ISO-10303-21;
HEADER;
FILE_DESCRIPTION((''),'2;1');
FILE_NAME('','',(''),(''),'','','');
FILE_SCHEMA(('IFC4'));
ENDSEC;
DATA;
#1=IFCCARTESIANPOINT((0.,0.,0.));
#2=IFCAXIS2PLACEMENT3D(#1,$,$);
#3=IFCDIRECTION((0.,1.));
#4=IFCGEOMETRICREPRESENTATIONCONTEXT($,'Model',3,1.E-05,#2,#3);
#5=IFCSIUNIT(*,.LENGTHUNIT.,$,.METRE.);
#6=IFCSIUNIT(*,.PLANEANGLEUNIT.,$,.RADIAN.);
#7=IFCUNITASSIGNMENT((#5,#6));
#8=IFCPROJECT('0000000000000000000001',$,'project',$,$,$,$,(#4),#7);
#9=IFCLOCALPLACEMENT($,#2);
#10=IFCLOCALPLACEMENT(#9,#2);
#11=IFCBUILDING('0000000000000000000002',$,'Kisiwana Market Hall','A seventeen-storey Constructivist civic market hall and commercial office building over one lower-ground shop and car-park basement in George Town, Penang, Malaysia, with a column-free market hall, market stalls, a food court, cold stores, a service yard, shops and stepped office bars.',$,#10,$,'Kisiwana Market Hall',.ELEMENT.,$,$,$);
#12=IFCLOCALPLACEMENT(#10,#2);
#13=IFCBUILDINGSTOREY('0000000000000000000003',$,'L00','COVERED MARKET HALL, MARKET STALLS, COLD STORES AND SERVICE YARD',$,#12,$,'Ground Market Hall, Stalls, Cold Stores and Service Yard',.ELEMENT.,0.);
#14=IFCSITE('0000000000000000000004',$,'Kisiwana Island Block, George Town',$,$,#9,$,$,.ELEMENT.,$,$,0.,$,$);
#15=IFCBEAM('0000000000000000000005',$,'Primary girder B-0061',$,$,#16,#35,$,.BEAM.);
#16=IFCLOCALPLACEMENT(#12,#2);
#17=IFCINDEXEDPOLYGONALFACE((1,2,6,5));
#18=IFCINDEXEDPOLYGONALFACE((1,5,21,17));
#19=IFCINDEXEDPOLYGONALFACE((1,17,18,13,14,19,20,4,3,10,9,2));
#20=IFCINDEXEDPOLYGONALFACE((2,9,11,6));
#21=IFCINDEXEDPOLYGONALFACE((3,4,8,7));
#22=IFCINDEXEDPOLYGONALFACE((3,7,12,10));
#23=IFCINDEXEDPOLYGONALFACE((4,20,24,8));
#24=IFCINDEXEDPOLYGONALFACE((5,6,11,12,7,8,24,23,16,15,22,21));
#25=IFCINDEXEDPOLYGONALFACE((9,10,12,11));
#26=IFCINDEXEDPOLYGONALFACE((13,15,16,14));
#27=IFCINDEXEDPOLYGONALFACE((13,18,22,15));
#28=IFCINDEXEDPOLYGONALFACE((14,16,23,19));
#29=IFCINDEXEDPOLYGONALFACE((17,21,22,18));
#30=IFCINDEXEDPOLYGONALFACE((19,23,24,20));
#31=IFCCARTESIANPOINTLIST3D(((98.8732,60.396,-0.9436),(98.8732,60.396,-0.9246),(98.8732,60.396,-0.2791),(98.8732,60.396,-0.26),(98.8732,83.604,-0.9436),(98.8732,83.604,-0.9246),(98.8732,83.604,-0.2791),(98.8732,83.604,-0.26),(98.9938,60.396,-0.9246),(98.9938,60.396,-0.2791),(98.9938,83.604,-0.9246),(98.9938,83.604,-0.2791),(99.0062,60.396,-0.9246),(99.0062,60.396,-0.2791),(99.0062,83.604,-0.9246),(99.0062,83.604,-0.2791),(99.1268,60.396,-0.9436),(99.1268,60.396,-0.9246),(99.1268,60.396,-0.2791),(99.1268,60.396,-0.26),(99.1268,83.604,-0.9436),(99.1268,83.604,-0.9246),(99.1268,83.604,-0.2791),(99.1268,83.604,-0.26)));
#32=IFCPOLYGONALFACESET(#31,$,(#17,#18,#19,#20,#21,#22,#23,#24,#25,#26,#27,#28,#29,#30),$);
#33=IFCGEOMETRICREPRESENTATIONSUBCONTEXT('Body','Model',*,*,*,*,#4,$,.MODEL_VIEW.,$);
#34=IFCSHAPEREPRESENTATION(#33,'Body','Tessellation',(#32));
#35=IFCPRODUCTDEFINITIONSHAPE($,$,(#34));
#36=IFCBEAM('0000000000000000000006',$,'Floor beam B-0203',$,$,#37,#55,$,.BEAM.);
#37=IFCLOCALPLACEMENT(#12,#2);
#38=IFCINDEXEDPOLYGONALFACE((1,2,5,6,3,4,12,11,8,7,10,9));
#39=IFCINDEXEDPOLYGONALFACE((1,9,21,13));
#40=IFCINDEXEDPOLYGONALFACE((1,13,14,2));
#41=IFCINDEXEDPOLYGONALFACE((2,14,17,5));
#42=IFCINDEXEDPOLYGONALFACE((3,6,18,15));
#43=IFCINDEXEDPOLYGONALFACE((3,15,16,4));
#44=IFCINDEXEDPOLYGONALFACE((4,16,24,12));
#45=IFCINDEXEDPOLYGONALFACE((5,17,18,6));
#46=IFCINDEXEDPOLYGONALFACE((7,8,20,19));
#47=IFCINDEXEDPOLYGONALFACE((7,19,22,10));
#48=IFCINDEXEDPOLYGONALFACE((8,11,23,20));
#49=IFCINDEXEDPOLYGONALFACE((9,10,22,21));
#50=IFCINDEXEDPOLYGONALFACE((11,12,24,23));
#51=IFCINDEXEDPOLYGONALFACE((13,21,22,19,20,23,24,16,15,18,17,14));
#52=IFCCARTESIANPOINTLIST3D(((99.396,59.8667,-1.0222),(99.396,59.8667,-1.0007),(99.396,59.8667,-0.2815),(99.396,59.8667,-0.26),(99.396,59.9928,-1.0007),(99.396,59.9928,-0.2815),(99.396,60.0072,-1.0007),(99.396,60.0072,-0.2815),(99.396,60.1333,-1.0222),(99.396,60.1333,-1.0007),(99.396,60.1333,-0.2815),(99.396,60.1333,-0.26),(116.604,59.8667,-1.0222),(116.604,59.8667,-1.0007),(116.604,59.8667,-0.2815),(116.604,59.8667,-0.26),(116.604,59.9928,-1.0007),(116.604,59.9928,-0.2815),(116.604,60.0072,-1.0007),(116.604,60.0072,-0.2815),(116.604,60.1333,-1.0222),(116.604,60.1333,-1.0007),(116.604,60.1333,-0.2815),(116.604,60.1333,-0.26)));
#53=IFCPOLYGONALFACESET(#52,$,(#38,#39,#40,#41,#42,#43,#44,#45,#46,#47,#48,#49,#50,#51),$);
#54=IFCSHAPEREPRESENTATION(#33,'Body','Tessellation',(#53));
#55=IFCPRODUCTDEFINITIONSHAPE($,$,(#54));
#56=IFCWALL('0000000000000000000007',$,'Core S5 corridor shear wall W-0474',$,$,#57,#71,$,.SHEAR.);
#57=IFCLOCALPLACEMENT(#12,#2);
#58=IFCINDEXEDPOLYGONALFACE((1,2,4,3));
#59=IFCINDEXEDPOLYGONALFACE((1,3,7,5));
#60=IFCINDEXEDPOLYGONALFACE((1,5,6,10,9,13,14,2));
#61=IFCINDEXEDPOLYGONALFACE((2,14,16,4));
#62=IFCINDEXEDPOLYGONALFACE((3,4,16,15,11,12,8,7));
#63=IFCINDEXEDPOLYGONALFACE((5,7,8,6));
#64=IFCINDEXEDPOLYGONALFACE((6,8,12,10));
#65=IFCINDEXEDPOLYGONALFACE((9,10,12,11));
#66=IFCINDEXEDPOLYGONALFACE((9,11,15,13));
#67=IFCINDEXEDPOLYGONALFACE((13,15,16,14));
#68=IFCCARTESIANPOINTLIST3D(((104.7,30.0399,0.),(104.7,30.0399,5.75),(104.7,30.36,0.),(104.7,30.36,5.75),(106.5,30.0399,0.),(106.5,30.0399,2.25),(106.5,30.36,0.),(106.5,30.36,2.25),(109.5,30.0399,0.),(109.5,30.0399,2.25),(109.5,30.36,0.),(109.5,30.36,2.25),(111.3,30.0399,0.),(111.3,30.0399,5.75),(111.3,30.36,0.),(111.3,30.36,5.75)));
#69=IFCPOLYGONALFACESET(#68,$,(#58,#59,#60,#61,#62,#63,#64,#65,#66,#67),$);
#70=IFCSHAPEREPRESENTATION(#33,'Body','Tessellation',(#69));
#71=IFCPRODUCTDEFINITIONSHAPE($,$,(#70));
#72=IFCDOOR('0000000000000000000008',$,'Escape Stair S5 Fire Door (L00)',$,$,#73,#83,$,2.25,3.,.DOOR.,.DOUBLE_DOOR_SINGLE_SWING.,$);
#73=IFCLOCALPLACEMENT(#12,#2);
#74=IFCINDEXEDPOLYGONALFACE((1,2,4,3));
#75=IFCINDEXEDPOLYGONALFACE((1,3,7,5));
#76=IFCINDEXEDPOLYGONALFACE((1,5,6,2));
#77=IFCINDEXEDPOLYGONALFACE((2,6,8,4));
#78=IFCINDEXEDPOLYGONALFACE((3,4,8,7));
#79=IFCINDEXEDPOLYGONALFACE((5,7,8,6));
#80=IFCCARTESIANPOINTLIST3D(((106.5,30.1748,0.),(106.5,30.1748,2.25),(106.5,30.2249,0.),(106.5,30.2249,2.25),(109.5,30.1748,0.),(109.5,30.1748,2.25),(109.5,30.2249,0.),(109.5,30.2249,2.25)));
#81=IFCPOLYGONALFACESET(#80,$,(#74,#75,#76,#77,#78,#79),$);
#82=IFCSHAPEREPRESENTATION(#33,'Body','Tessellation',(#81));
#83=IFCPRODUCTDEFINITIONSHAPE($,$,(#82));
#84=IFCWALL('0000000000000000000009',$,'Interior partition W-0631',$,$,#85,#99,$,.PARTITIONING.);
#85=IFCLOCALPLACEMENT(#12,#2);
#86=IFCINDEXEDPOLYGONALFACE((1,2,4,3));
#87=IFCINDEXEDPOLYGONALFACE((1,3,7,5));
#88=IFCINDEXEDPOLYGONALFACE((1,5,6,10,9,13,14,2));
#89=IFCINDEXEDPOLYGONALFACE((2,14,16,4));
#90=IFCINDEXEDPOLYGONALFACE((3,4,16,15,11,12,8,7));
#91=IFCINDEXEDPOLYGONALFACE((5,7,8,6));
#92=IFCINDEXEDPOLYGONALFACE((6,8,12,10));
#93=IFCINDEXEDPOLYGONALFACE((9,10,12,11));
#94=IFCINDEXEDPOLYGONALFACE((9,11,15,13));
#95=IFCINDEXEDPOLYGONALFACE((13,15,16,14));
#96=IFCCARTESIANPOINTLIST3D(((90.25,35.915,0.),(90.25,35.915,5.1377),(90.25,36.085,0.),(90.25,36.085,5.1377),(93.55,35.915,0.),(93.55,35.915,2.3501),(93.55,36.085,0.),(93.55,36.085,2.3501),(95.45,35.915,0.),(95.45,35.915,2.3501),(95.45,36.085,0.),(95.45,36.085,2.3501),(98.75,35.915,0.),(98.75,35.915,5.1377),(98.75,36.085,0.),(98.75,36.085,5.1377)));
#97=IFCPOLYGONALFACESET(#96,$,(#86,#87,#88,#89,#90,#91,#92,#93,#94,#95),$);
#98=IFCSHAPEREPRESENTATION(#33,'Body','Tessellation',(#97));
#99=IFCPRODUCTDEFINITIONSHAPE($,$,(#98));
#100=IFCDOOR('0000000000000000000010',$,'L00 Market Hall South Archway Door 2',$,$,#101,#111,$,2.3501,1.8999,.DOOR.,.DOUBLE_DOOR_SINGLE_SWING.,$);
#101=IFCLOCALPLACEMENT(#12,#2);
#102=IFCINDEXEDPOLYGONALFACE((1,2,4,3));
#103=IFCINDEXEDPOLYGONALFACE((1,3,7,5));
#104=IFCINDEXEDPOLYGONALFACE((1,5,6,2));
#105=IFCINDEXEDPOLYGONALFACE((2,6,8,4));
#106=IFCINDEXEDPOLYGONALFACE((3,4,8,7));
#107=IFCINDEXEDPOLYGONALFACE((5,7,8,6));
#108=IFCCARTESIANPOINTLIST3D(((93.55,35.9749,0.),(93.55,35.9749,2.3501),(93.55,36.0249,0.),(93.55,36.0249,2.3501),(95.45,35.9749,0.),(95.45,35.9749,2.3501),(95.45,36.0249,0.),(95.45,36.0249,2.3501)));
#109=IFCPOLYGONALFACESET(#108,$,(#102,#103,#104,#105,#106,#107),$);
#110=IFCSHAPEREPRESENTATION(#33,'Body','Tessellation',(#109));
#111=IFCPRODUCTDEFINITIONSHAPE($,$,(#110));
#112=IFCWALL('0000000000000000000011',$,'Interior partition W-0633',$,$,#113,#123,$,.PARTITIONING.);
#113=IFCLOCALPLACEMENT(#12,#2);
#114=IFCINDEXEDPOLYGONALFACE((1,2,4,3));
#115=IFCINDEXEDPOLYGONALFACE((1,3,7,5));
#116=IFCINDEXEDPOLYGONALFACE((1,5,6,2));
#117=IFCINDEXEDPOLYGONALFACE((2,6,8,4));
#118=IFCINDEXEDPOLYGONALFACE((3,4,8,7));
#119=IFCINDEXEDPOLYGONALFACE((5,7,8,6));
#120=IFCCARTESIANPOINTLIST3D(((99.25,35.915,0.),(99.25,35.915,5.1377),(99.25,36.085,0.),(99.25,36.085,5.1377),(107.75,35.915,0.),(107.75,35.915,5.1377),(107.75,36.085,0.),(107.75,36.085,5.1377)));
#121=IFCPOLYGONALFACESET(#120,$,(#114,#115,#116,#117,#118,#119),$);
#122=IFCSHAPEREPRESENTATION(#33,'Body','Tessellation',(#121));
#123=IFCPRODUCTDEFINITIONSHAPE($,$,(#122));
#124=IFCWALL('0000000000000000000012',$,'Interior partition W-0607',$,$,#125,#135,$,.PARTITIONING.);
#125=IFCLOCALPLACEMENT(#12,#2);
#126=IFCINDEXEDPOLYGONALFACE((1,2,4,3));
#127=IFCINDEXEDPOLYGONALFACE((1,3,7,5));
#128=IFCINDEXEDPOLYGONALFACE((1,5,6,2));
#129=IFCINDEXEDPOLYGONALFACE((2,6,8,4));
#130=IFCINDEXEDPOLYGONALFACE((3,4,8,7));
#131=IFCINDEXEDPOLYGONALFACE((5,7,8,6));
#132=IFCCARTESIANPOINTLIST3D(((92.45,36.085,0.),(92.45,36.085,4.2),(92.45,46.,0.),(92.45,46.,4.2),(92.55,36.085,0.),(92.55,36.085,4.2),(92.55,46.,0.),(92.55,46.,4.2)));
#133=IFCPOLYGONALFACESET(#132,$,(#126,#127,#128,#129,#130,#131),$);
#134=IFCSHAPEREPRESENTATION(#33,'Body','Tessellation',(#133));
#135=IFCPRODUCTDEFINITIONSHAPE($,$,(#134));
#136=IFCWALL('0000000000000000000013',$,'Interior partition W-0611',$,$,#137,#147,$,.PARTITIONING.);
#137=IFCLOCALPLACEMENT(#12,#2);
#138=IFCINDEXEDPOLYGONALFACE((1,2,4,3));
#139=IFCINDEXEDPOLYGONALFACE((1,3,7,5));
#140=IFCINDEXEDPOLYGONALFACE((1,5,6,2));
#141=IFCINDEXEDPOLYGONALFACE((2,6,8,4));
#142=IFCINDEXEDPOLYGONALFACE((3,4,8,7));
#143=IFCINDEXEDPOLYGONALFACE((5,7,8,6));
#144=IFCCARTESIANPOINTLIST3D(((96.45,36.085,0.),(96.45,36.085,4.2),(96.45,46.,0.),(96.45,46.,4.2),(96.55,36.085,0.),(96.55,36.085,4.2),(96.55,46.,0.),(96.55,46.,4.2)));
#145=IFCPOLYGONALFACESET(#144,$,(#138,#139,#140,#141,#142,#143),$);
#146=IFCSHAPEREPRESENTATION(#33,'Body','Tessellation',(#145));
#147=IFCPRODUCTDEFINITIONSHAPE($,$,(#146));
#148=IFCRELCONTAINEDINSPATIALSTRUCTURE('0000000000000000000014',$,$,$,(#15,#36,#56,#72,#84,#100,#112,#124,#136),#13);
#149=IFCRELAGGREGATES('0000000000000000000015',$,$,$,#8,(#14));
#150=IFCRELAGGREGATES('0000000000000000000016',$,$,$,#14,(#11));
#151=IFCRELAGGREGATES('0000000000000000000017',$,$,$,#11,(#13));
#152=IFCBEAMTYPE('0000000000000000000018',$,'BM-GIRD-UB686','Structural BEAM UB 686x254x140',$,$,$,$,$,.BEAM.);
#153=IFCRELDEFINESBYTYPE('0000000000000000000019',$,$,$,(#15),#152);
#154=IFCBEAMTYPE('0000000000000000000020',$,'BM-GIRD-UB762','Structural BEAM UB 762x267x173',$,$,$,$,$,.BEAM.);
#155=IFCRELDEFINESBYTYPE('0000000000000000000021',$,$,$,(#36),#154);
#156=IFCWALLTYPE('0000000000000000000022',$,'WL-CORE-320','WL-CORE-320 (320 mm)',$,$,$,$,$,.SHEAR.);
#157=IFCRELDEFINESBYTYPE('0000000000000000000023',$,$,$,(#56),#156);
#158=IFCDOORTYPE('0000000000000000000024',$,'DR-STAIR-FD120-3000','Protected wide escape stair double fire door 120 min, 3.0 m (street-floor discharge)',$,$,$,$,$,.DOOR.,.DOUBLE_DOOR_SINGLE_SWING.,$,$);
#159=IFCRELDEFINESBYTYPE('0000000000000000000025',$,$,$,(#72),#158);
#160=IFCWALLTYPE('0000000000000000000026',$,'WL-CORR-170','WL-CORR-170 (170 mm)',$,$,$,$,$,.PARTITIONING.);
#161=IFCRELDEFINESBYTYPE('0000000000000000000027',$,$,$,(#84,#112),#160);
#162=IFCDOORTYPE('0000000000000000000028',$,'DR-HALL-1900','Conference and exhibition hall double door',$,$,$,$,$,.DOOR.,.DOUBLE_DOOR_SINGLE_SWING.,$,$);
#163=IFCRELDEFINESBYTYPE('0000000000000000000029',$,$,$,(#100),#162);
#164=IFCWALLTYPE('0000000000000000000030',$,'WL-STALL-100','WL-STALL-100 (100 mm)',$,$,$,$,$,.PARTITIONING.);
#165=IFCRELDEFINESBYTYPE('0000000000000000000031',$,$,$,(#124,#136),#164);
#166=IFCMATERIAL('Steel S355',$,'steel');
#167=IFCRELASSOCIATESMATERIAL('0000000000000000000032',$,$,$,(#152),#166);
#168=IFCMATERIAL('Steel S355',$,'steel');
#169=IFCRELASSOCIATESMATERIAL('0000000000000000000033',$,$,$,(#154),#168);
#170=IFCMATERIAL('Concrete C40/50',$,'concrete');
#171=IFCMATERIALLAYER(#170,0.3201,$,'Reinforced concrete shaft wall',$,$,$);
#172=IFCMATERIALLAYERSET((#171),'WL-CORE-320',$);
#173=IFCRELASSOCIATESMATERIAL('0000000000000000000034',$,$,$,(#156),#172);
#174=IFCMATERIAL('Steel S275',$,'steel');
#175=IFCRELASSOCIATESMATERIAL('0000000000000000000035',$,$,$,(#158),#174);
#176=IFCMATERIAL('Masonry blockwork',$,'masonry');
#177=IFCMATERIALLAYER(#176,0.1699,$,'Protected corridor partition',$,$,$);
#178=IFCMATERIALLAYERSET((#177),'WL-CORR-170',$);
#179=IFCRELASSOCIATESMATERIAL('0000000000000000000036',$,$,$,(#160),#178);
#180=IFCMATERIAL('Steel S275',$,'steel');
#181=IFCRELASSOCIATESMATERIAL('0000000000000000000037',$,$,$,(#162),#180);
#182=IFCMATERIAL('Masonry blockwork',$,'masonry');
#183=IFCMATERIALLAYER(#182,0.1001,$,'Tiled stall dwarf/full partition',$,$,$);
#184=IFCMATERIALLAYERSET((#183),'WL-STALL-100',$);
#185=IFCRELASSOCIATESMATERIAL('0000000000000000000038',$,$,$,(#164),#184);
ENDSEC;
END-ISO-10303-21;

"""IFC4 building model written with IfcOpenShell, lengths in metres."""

from ifc_helpers import new_model, si_unit, direction, frame, frame_2d, origin, origin_2d, place, context, subcontext, project, spatial, rectangle, i_section, extrude, material, layer, layer_set, material_profile, profile_set, type_object, element, fill, save


model = new_model("IFC4")

# Units and contexts
model_context = context("Model", 3, precision=1e-05, world=origin(), true_north=direction((0.0, 1.0)))
body_context = subcontext(model_context, "Body", "Model", "MODEL_VIEW")
ifc_project = project(units=[si_unit("LENGTHUNIT", "METRE"), si_unit("PLANEANGLEUNIT", "RADIAN")], contexts=[model_context])

# Site, building, storey
site_placement = place(None, origin())
site = spatial("IfcSite", under=ifc_project, at=site_placement, Name="Kisiwana Island Block, George Town", CompositionType="ELEMENT", RefElevation=0.0)
building_placement = place(site_placement, origin())
building = spatial("IfcBuilding", under=site, at=building_placement, Name="Kisiwana Market Hall", Description="A seventeen-storey Constructivist civic market hall and commercial office building over one lower-ground shop and car-park basement in George Town, Penang, Malaysia, with a column-free market hall, market stalls, a food court, cold stores, a service yard, shops and stepped office bars.", LongName="Kisiwana Market Hall", CompositionType="ELEMENT")
storey_placement = place(building_placement, origin())
storey = spatial("IfcBuildingStorey", under=building, at=storey_placement, Name="L00", Description="COVERED MARKET HALL, MARKET STALLS, COLD STORES AND SERVICE YARD", LongName="Ground Market Hall, Stalls, Cold Stores and Service Yard", CompositionType="ELEMENT", Elevation=0.0)

# Beams
ifc_material_1 = material(Name="Steel S355", Category="steel")
ifc_material_profile_1 = material_profile(ifc_material_1, i_section(OverallWidth=0.2537, OverallDepth=0.6836, WebThickness=0.0125, FlangeThickness=0.019, at=origin_2d()), Name="UB 686x254x140")
ifc_profile_set_1 = profile_set([ifc_material_profile_1], Name="Steel S355")
beam_type_1 = type_object("IfcBeamType", Name="BM-GIRD-UB686", Description="Structural BEAM UB 686x254x140", PredefinedType="BEAM", material=ifc_profile_set_1)
for number, where, z_axis, x_axis, name in (
    (1, (99.0, 60.396, -0.6018), (0.0, 1.0, 0.0), (-1.0, 0.0, 0.0), "Primary girder B-0061"),
):
    element("IfcBeam", number, at=place(storey_placement, frame(where, z_axis=z_axis, x_axis=x_axis)), inside=storey, type_object=beam_type_1, Name=name, PredefinedType="BEAM", context=body_context, shape_type="SweptSolid", body=[
        extrude(i_section(OverallWidth=0.2537, OverallDepth=0.6836, WebThickness=0.0125, FlangeThickness=0.019, at=origin_2d()), origin(), (0.0, 0.0, 1.0), 23.208),
    ])
ifc_material_2 = material(Name="Steel S355", Category="steel")
ifc_material_profile_2 = material_profile(ifc_material_2, i_section(OverallWidth=0.2666, OverallDepth=0.7622, WebThickness=0.0144, FlangeThickness=0.0215, at=origin_2d()), Name="UB 762x267x173")
ifc_profile_set_2 = profile_set([ifc_material_profile_2], Name="Steel S355")
beam_type_2 = type_object("IfcBeamType", Name="BM-GIRD-UB762", Description="Structural BEAM UB 762x267x173", PredefinedType="BEAM", material=ifc_profile_set_2)
beam_1_placement = place(storey_placement, frame((99.396, 60.0, -0.6411), z_axis=(1.0, 0.0, 0.0), x_axis=(0.0, 1.0, 0.0)))
element("IfcBeam", 2, at=beam_1_placement, inside=storey, type_object=beam_type_2, Name="Floor beam B-0203", PredefinedType="BEAM", context=body_context, shape_type="SweptSolid", body=[
    extrude(i_section(OverallWidth=0.2666, OverallDepth=0.7622, WebThickness=0.0144, FlangeThickness=0.0215, at=origin_2d()), origin(), (0.0, 0.0, 1.0), 17.208),
])

# Walls, openings, doors
ifc_material_3 = material(Name="Concrete C40/50", Category="concrete")
ifc_layer_1 = layer(ifc_material_3, 0.3201, Name="Reinforced concrete shaft wall")
ifc_layer_set_1 = layer_set([ifc_layer_1], Name="WL-CORE-320")
wall_type_1 = type_object("IfcWallType", Name="WL-CORE-320", Description="WL-CORE-320 (320 mm)", PredefinedType="SHEAR", material=ifc_layer_set_1)
wall_1_placement = place(storey_placement, frame((104.7, 30.2, 0.0), z_axis=(0.0, 0.0, 1.0), x_axis=(1.0, 0.0, 0.0)))
wall_1 = element("IfcWall", 3, at=wall_1_placement, inside=storey, type_object=wall_type_1, Name="Core S5 corridor shear wall W-0474", PredefinedType="SHEAR", context=body_context, shape_type="SweptSolid", body=[
    extrude(rectangle(XDim=6.6001, YDim=0.3201, at=frame_2d((3.3, 0.0))), origin(), (0.0, 0.0, 1.0), 5.75),
])
opening_1_placement = place(wall_1_placement, frame((1.8, 0.0, 0.0)))
opening_1 = element("IfcOpeningElement", 4, at=opening_1_placement, cuts=wall_1, PredefinedType="OPENING", context=body_context, shape_type="SweptSolid", body=[
    extrude(rectangle(XDim=3.0, YDim=2.25, at=frame_2d((1.5, 1.125))), frame((0.0, 0.1719, 0.0), z_axis=(0.0, -1.0, 0.0), x_axis=(1.0, 0.0, 0.0)), (0.0, 0.0, 1.0), 0.344),
])
ifc_material_4 = material(Name="Steel S275", Category="steel")
door_type_1 = type_object("IfcDoorType", Name="DR-STAIR-FD120-3000", Description="Protected wide escape stair double fire door 120 min, 3.0 m (street-floor discharge)", OperationType="DOUBLE_DOOR_SINGLE_SWING", PredefinedType="DOOR", material=ifc_material_4)
door_1_placement = place(opening_1_placement, origin())
door_1 = element("IfcDoor", 5, at=door_1_placement, inside=storey, type_object=door_type_1, Name="Escape Stair S5 Fire Door (L00)", OperationType="DOUBLE_DOOR_SINGLE_SWING", OverallHeight=2.25, OverallWidth=3.0, PredefinedType="DOOR", context=body_context, shape_type="SweptSolid", body=[
    extrude(rectangle(XDim=3.0, YDim=2.25, at=frame_2d((1.5, 1.125))), frame((0.0, 0.0249, 0.0), z_axis=(0.0, -1.0, 0.0), x_axis=(1.0, 0.0, 0.0)), (0.0, 0.0, 1.0), 0.05),
])
fill(opening_1, door_1)
ifc_material_5 = material(Name="Masonry blockwork", Category="masonry")
ifc_layer_2 = layer(ifc_material_5, 0.1699, Name="Protected corridor partition")
ifc_layer_set_2 = layer_set([ifc_layer_2], Name="WL-CORR-170")
wall_type_2 = type_object("IfcWallType", Name="WL-CORR-170", Description="WL-CORR-170 (170 mm)", PredefinedType="PARTITIONING", material=ifc_layer_set_2)
wall_2_placement = place(storey_placement, frame((90.25, 36.0, 0.0), z_axis=(0.0, 0.0, 1.0), x_axis=(1.0, 0.0, 0.0)))
wall_2 = element("IfcWall", 6, at=wall_2_placement, inside=storey, type_object=wall_type_2, Name="Interior partition W-0631", PredefinedType="PARTITIONING", context=body_context, shape_type="SweptSolid", body=[
    extrude(rectangle(XDim=8.5, YDim=0.1699, at=frame_2d((4.25, 0.0))), origin(), (0.0, 0.0, 1.0), 5.1377),
])
opening_2_placement = place(wall_2_placement, frame((3.3, 0.0, 0.0)))
opening_2 = element("IfcOpeningElement", 7, at=opening_2_placement, cuts=wall_2, PredefinedType="OPENING", context=body_context, shape_type="SweptSolid", body=[
    extrude(rectangle(XDim=1.8999, YDim=2.3501, at=frame_2d((0.95, 1.175))), frame((0.0, 0.0969, 0.0), z_axis=(0.0, -1.0, 0.0), x_axis=(1.0, 0.0, 0.0)), (0.0, 0.0, 1.0), 0.1938),
])
ifc_material_6 = material(Name="Steel S275", Category="steel")
door_type_2 = type_object("IfcDoorType", Name="DR-HALL-1900", Description="Conference and exhibition hall double door", OperationType="DOUBLE_DOOR_SINGLE_SWING", PredefinedType="DOOR", material=ifc_material_6)
door_2_placement = place(opening_2_placement, origin())
door_2 = element("IfcDoor", 8, at=door_2_placement, inside=storey, type_object=door_type_2, Name="L00 Market Hall South Archway Door 2", OperationType="DOUBLE_DOOR_SINGLE_SWING", OverallHeight=2.3501, OverallWidth=1.8999, PredefinedType="DOOR", context=body_context, shape_type="SweptSolid", body=[
    extrude(rectangle(XDim=1.8999, YDim=2.3501, at=frame_2d((0.95, 1.175))), frame((0.0, 0.0249, 0.0), z_axis=(0.0, -1.0, 0.0), x_axis=(1.0, 0.0, 0.0)), (0.0, 0.0, 1.0), 0.05),
])
fill(opening_2, door_2)

# Walls
wall_3_placement = place(storey_placement, frame((99.25, 36.0, 0.0), z_axis=(0.0, 0.0, 1.0), x_axis=(1.0, 0.0, 0.0)))
element("IfcWall", 9, at=wall_3_placement, inside=storey, type_object=wall_type_2, Name="Interior partition W-0633", PredefinedType="PARTITIONING", context=body_context, shape_type="SweptSolid", body=[
    extrude(rectangle(XDim=8.5, YDim=0.1699, at=frame_2d((4.25, 0.0))), origin(), (0.0, 0.0, 1.0), 5.1377),
])
ifc_material_7 = material(Name="Masonry blockwork", Category="masonry")
ifc_layer_3 = layer(ifc_material_7, 0.1001, Name="Tiled stall dwarf/full partition")
ifc_layer_set_3 = layer_set([ifc_layer_3], Name="WL-STALL-100")
wall_type_3 = type_object("IfcWallType", Name="WL-STALL-100", Description="WL-STALL-100 (100 mm)", PredefinedType="PARTITIONING", material=ifc_layer_set_3)
for number, where, z_axis, x_axis, name in (
    (10, (92.5, 36.085, 0.0), (0.0, 0.0, 1.0), (0.0, 1.0, 0.0), "Interior partition W-0607"),
    (11, (96.5, 36.085, 0.0), (0.0, 0.0, 1.0), (0.0, 1.0, 0.0), "Interior partition W-0611"),
):
    element("IfcWall", number, at=place(storey_placement, frame(where, z_axis=z_axis, x_axis=x_axis)), inside=storey, type_object=wall_type_3, Name=name, PredefinedType="PARTITIONING", context=body_context, shape_type="SweptSolid", body=[
        extrude(rectangle(XDim=9.915, YDim=0.1001, at=frame_2d((4.9575, 0.0))), origin(), (0.0, 0.0, 1.0), 4.2),
    ])

save(model, "model.ifc")
